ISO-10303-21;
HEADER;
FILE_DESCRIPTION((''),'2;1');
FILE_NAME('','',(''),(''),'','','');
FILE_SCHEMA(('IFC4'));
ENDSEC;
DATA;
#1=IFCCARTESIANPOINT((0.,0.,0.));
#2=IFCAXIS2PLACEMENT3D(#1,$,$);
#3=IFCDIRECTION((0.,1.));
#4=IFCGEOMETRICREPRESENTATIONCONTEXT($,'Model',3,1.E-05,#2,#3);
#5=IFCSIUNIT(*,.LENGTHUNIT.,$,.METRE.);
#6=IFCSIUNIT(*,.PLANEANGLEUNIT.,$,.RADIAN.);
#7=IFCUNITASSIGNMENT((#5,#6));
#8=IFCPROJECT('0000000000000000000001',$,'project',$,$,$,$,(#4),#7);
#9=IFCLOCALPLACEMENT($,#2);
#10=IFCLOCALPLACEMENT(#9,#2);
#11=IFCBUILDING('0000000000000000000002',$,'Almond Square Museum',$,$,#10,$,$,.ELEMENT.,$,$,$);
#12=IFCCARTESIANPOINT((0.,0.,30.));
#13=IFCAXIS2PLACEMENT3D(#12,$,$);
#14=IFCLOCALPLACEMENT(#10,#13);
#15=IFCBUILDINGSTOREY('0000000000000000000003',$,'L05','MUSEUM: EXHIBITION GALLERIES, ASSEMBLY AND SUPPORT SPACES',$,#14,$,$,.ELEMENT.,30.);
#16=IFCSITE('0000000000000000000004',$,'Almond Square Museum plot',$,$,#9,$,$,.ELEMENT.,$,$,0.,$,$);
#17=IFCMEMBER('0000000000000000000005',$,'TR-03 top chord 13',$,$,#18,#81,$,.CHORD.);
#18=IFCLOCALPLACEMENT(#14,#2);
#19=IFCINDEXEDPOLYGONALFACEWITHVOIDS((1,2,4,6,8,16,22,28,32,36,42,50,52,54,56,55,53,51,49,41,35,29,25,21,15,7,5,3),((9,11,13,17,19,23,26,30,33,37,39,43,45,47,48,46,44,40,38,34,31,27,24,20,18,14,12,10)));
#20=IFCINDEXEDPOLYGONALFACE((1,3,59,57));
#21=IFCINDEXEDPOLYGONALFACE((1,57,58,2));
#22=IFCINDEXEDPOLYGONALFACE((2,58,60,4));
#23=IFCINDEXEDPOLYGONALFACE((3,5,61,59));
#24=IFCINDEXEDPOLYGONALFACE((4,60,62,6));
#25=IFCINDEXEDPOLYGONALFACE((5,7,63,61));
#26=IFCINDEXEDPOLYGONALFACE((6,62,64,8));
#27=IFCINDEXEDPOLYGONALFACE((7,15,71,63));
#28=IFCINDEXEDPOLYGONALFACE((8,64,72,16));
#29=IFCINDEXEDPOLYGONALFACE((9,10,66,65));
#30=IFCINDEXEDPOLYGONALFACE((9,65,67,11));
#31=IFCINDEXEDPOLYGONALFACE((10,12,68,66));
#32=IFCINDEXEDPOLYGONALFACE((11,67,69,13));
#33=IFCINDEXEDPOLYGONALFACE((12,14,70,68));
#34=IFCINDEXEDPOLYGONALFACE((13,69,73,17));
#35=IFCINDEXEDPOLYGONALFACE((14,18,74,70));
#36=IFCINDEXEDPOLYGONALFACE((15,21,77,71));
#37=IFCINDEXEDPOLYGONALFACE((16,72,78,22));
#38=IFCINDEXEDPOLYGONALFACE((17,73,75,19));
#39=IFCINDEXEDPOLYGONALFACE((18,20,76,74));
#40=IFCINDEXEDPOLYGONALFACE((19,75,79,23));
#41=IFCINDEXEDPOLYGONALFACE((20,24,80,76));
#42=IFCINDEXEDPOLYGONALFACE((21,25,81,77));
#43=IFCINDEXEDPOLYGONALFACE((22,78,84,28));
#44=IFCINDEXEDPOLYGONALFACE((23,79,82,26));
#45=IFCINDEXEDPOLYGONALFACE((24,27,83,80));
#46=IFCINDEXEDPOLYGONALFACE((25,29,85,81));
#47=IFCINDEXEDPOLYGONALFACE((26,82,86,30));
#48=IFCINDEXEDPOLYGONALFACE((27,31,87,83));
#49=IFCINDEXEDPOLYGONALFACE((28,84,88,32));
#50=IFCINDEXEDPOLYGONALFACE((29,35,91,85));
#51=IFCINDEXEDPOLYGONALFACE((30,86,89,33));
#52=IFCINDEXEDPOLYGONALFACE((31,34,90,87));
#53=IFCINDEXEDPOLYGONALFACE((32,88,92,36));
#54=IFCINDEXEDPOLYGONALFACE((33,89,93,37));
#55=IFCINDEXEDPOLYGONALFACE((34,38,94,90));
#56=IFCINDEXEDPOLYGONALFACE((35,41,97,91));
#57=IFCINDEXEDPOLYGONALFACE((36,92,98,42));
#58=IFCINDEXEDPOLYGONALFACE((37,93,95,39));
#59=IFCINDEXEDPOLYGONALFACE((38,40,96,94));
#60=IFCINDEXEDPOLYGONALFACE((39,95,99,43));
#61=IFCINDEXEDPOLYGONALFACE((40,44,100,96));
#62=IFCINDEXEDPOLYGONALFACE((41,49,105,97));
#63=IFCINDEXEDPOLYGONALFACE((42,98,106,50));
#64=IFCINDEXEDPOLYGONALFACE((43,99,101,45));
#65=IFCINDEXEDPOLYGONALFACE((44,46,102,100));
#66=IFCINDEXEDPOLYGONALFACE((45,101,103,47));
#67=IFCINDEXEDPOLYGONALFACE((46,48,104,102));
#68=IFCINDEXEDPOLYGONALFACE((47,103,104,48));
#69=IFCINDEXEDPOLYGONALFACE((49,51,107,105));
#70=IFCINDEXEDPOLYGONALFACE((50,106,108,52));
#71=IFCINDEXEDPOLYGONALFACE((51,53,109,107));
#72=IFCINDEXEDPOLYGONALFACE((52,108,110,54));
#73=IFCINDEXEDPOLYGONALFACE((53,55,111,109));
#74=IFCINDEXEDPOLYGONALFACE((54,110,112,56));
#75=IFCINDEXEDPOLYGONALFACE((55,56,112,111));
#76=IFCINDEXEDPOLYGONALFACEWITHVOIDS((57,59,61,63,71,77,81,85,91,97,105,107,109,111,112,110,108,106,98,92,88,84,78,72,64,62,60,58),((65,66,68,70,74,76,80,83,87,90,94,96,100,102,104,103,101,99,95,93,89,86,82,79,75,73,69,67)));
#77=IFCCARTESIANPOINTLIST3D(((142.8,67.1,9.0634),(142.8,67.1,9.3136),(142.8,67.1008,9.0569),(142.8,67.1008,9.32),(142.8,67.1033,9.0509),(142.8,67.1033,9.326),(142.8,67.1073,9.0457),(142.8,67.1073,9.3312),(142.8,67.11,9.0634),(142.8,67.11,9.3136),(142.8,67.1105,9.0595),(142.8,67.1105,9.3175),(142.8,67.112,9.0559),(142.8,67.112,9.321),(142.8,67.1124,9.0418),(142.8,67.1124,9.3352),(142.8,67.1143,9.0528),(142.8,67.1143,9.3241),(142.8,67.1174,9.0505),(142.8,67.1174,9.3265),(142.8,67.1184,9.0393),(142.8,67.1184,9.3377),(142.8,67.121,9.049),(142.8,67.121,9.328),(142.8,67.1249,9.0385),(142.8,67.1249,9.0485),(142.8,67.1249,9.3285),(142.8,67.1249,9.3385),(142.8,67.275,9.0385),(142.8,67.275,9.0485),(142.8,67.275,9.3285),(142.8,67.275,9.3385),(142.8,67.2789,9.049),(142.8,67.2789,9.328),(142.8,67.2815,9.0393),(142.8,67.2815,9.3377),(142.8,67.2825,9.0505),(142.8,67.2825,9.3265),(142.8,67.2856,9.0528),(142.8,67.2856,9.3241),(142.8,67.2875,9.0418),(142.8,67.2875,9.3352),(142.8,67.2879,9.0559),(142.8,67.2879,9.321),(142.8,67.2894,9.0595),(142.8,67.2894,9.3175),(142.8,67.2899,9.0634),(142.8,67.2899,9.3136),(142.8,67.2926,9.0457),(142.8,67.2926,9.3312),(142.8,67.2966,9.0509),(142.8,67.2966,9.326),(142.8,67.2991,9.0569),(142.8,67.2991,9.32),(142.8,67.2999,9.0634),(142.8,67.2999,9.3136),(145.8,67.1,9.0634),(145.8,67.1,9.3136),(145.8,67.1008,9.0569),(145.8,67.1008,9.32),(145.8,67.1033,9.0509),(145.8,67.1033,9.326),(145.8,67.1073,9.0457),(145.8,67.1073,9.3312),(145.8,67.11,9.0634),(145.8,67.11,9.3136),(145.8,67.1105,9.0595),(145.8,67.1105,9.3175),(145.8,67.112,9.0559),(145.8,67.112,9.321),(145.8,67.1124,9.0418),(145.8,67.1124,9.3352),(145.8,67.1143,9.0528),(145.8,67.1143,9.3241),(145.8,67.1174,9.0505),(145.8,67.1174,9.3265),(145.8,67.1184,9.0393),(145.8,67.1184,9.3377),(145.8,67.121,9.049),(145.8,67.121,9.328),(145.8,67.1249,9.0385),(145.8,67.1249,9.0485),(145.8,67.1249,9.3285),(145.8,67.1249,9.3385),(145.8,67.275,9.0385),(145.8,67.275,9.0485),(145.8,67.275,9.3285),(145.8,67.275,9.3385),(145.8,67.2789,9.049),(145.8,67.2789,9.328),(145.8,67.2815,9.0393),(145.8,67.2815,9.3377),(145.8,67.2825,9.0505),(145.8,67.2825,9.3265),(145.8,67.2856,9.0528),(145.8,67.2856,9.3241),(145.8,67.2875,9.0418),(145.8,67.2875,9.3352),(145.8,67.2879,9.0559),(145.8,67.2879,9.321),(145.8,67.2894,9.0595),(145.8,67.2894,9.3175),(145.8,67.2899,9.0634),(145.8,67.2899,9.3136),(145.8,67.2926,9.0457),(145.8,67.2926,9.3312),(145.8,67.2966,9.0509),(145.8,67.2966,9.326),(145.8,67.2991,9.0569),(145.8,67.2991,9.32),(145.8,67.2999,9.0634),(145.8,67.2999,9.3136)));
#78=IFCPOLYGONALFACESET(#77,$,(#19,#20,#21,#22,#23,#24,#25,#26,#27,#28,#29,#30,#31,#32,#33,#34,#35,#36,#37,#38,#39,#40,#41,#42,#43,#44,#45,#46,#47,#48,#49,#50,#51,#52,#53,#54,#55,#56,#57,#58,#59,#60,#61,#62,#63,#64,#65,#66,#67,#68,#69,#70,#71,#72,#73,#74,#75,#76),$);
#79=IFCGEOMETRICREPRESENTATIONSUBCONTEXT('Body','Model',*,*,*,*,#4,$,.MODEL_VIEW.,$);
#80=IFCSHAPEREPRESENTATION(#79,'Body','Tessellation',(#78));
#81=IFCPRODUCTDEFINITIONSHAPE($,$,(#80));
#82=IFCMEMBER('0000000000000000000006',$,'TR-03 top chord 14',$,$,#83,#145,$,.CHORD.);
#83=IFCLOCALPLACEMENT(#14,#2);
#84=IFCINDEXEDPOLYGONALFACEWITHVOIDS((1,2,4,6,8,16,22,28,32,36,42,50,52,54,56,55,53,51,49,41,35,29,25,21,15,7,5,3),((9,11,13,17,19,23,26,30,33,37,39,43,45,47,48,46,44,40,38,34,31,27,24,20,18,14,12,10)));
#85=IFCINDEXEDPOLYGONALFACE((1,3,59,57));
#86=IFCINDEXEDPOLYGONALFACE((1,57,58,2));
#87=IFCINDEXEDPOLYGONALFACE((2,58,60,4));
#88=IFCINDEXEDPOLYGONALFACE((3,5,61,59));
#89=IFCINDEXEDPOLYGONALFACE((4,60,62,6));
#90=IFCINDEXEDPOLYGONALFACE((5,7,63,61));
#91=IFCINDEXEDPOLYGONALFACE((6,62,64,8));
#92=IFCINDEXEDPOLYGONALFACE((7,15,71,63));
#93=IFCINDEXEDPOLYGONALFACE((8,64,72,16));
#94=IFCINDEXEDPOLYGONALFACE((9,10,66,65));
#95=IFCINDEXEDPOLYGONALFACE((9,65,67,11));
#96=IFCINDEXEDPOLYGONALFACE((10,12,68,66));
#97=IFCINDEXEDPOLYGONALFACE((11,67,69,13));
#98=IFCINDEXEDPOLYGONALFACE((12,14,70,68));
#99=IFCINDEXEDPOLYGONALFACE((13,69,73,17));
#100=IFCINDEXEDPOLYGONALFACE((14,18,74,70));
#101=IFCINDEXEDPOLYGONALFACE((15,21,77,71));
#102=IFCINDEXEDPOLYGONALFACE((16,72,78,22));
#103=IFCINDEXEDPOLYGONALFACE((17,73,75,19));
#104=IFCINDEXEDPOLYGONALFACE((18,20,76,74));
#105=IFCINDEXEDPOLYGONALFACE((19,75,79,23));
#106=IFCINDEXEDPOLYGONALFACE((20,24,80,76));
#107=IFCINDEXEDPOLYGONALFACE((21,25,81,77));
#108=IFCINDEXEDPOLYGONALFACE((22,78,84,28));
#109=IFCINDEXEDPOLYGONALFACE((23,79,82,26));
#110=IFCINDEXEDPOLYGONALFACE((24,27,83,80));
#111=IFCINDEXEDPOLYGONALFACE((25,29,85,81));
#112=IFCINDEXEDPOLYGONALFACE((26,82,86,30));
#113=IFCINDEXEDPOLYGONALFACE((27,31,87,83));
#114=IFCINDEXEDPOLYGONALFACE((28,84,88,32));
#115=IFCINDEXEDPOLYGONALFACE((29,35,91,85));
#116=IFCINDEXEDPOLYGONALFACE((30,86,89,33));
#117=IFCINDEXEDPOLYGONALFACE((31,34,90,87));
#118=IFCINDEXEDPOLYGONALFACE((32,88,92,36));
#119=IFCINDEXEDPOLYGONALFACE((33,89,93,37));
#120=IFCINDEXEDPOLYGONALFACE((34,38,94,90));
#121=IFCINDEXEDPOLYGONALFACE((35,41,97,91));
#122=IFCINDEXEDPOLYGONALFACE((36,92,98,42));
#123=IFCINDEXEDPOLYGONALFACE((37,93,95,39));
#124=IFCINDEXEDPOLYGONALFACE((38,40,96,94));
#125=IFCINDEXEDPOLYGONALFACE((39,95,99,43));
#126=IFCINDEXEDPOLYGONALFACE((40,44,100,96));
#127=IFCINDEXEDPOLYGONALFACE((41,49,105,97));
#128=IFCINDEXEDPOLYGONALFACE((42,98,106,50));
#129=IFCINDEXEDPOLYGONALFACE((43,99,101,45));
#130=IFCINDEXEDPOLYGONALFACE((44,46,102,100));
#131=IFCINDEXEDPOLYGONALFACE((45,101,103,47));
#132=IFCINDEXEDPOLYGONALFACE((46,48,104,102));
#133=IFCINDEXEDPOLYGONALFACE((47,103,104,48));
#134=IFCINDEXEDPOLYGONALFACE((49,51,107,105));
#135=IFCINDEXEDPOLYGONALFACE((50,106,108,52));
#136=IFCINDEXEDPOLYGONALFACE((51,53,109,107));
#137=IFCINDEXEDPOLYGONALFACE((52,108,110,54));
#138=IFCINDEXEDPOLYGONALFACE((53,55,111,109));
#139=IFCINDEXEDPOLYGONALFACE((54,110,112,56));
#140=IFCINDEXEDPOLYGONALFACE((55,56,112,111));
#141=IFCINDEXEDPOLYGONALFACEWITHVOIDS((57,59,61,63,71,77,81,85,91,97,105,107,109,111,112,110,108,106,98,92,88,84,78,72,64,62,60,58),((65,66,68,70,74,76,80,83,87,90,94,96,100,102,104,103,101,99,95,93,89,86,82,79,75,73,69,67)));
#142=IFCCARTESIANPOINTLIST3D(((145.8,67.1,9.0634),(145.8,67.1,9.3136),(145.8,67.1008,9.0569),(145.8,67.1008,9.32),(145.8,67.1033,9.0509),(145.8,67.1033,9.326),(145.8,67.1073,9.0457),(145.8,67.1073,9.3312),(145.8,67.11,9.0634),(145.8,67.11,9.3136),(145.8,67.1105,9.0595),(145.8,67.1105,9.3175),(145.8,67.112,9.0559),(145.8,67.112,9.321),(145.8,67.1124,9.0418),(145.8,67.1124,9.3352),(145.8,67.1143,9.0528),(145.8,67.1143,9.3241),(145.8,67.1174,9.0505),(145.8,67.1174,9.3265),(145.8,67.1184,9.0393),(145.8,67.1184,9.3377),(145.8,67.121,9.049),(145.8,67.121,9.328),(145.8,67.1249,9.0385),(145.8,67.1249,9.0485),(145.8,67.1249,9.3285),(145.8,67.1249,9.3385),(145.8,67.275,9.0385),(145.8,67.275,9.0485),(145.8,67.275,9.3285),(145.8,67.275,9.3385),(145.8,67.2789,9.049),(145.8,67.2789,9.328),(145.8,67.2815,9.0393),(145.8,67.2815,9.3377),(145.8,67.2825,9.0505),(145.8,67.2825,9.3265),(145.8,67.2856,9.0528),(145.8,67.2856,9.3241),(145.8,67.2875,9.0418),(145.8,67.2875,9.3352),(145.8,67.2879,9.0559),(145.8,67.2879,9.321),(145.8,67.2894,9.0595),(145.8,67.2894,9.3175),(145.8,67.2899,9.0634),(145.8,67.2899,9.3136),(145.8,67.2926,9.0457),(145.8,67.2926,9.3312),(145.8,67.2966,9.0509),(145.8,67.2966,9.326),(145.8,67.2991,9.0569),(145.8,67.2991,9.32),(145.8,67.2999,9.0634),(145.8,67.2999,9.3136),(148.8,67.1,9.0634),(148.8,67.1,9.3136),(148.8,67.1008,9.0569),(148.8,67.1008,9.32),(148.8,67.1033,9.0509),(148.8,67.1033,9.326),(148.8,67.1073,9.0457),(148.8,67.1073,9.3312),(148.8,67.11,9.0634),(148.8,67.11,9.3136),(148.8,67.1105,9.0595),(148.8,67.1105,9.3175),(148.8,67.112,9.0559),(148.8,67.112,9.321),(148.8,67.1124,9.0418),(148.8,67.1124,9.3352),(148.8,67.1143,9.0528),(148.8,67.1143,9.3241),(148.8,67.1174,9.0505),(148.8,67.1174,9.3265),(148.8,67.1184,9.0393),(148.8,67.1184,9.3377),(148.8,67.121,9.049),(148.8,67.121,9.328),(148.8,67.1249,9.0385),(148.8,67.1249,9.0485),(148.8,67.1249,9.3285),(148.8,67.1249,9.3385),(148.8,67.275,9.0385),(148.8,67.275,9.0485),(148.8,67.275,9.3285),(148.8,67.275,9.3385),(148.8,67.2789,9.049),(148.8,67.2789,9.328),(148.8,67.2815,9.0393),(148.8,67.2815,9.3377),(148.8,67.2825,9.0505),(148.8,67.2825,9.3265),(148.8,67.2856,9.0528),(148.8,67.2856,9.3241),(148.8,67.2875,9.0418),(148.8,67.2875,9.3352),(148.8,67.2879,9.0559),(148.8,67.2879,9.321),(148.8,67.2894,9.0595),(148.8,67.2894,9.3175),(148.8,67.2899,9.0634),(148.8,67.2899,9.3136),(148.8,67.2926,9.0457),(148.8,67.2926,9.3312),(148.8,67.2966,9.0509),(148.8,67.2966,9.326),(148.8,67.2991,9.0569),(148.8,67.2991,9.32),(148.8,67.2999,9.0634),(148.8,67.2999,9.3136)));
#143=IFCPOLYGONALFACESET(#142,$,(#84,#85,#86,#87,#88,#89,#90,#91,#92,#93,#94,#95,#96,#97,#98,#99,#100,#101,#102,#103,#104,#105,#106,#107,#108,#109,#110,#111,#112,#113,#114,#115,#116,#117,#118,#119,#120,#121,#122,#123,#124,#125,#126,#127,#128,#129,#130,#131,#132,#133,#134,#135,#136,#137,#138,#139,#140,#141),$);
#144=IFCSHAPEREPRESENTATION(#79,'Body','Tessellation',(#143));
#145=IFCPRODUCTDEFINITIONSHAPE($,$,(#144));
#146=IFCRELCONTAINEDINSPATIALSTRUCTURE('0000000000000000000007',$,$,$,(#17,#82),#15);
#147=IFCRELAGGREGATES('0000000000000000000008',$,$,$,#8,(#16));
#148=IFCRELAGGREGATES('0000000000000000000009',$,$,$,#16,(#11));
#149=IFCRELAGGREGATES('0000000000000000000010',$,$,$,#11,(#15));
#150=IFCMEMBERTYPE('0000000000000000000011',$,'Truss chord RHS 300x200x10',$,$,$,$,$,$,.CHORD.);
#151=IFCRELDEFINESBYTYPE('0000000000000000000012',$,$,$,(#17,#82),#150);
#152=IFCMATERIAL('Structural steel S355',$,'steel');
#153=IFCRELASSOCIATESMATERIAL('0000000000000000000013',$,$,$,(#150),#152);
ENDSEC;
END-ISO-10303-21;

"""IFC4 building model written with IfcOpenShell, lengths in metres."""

from ifc_helpers import new_model, si_unit, direction, frame, origin, origin_2d, place, context, subcontext, project, spatial, hollow_rectangle, extrude, material, material_profile, profile_set, type_object, element, save


model = new_model("IFC4")

# Units and contexts
model_context = context("Model", 3, precision=1e-05, world=origin(), true_north=direction((0.0, 1.0)))
body_context = subcontext(model_context, "Body", "Model", "MODEL_VIEW")
ifc_project = project(units=[si_unit("LENGTHUNIT", "METRE"), si_unit("PLANEANGLEUNIT", "RADIAN")], contexts=[model_context])

# Site, building, storey
site_placement = place(None, origin())
site = spatial("IfcSite", under=ifc_project, at=site_placement, Name="Almond Square Museum plot", CompositionType="ELEMENT", RefElevation=0.0)
building_placement = place(site_placement, origin())
building = spatial("IfcBuilding", under=site, at=building_placement, Name="Almond Square Museum", CompositionType="ELEMENT")
storey_placement = place(building_placement, frame((0.0, 0.0, 30.0)))
storey = spatial("IfcBuildingStorey", under=building, at=storey_placement, Name="L05", Description="MUSEUM: EXHIBITION GALLERIES, ASSEMBLY AND SUPPORT SPACES", CompositionType="ELEMENT", Elevation=30.0)

# Members
ifc_material_1 = material(Name="Structural steel S355", Category="steel")
ifc_material_profile_1 = material_profile(ifc_material_1, hollow_rectangle(XDim=0.2, YDim=0.3, WallThickness=0.01, InnerFilletRadius=0.0149, OuterFilletRadius=0.0249, at=origin_2d()))
ifc_profile_set_1 = profile_set([ifc_material_profile_1], Name="Structural steel S355")
member_type_1 = type_object("IfcMemberType", Name="Truss chord RHS 300x200x10", PredefinedType="CHORD", material=ifc_profile_set_1)
for number, where, z_axis, x_axis, name in (
    (1, (142.8, 67.2, 9.1885), (1.0, 0.0, 0.0), (0.0, 1.0, 0.0), "TR-03 top chord 13"),
    (2, (145.8, 67.2, 9.1885), (1.0, 0.0, 0.0), (0.0, 1.0, 0.0), "TR-03 top chord 14"),
):
    element("IfcMember", number, at=place(storey_placement, frame(where, z_axis=z_axis, x_axis=x_axis)), inside=storey, type_object=member_type_1, Name=name, PredefinedType="CHORD", context=body_context, shape_type="SweptSolid", body=[
        extrude(hollow_rectangle(XDim=0.2, YDim=0.3, WallThickness=0.01, InnerFilletRadius=0.0149, OuterFilletRadius=0.0249, at=origin_2d()), origin(), (0.0, 0.0, 1.0), 3.0),
    ])

save(model, "model.ifc")
